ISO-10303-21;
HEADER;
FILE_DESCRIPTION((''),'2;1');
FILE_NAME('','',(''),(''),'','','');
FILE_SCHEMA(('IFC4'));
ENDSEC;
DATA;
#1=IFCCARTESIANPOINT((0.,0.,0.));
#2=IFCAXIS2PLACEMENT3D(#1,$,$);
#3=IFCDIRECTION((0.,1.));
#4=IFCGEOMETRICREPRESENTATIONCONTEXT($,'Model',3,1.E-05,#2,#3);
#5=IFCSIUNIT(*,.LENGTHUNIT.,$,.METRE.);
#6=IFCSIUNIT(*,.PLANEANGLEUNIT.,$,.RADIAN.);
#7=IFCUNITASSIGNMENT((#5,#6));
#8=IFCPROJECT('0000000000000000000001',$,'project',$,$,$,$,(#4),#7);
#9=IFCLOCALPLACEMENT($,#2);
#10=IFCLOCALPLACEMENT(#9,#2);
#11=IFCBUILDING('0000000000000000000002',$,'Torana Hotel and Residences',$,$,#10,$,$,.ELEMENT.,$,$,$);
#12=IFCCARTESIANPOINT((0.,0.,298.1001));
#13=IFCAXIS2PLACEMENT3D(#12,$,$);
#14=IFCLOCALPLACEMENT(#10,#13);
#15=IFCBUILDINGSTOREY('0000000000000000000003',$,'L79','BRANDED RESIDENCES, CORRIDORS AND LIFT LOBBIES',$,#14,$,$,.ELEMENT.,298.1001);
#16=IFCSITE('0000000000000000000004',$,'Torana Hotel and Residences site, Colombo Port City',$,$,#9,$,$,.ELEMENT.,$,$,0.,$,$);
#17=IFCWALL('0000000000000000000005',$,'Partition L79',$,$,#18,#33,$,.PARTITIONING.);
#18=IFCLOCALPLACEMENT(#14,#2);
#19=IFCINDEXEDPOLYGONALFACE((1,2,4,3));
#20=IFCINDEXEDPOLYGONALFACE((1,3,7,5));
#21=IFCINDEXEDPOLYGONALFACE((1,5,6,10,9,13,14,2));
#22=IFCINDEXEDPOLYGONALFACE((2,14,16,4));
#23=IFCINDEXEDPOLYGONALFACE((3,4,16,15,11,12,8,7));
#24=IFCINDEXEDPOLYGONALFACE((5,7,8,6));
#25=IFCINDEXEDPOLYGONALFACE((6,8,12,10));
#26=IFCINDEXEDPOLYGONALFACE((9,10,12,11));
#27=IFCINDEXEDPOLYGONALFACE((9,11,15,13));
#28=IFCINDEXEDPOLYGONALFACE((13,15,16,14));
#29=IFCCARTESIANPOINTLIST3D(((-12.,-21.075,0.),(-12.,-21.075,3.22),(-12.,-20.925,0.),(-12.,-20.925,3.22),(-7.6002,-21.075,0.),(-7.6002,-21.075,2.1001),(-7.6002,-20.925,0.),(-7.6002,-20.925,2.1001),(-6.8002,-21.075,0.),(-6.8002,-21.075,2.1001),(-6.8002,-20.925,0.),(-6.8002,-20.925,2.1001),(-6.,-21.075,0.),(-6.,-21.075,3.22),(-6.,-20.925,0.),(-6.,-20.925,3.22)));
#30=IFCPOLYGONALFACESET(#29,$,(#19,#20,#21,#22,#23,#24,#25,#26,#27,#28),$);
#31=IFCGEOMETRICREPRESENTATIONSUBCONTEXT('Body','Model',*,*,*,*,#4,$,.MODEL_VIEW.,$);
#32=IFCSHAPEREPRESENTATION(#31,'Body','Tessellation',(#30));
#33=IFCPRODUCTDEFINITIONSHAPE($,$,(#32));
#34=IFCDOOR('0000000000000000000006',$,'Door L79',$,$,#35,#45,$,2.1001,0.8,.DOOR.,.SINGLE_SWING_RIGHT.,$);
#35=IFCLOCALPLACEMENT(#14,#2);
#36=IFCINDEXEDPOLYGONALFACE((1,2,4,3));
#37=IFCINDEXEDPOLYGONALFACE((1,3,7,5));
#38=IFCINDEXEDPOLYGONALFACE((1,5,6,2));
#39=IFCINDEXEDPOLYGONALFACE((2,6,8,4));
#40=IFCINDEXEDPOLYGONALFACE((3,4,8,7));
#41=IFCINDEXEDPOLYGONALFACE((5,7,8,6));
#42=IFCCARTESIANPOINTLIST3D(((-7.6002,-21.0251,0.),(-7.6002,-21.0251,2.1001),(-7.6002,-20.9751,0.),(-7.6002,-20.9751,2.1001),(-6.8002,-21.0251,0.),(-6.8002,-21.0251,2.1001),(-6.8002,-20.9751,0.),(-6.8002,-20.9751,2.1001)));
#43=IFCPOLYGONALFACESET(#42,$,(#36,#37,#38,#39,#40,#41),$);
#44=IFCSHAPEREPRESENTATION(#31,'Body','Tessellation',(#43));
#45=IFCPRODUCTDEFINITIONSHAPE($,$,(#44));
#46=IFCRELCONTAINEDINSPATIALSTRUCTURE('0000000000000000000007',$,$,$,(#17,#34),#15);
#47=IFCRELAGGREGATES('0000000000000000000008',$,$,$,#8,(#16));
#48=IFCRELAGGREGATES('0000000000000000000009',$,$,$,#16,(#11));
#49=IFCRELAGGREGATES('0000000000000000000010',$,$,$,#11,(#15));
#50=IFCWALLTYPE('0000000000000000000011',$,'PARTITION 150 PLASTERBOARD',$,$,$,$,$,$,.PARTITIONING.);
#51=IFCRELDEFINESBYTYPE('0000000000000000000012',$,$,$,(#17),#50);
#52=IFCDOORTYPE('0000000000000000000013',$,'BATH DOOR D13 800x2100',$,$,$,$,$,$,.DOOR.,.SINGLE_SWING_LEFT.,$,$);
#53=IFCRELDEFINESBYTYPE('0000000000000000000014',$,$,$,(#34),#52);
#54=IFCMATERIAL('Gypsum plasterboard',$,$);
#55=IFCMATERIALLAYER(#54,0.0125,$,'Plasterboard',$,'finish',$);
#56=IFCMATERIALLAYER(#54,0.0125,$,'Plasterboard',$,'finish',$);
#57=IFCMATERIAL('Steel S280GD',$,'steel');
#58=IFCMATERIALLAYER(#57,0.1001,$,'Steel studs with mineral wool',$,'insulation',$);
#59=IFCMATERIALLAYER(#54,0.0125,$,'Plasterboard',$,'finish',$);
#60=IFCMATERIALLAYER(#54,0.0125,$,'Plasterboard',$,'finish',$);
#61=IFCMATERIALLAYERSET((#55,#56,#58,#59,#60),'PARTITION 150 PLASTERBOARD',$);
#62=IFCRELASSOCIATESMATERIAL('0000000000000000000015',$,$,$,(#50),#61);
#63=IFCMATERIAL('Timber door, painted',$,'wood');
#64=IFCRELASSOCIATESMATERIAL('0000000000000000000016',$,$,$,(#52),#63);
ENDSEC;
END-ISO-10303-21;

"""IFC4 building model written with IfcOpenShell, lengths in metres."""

from ifc_helpers import new_model, si_unit, direction, frame, frame_2d, origin, place, context, subcontext, project, spatial, rectangle, extrude, material, layer, layer_set, type_object, element, fill, save


model = new_model("IFC4")

# Units and contexts
model_context = context("Model", 3, precision=1e-05, world=origin(), true_north=direction((0.0, 1.0)))
body_context = subcontext(model_context, "Body", "Model", "MODEL_VIEW")
ifc_project = project(units=[si_unit("LENGTHUNIT", "METRE"), si_unit("PLANEANGLEUNIT", "RADIAN")], contexts=[model_context])

# Site, building, storey
site_placement = place(None, origin())
site = spatial("IfcSite", under=ifc_project, at=site_placement, Name="Torana Hotel and Residences site, Colombo Port City", CompositionType="ELEMENT", RefElevation=0.0)
building_placement = place(site_placement, origin())
building = spatial("IfcBuilding", under=site, at=building_placement, Name="Torana Hotel and Residences", CompositionType="ELEMENT")
storey_placement = place(building_placement, frame((0.0, 0.0, 298.1001)))
storey = spatial("IfcBuildingStorey", under=building, at=storey_placement, Name="L79", Description="BRANDED RESIDENCES, CORRIDORS AND LIFT LOBBIES", CompositionType="ELEMENT", Elevation=298.1001)

# Shared definitions
ifc_material_1 = material(Name="Gypsum plasterboard")
ifc_layer_1 = layer(ifc_material_1, 0.0125, Name="Plasterboard", Category="finish")
ifc_layer_2 = layer(ifc_material_1, 0.0125, Name="Plasterboard", Category="finish")
ifc_material_2 = material(Name="Steel S280GD", Category="steel")
ifc_layer_3 = layer(ifc_material_2, 0.1001, Name="Steel studs with mineral wool", Category="insulation")
ifc_layer_4 = layer(ifc_material_1, 0.0125, Name="Plasterboard", Category="finish")
ifc_layer_5 = layer(ifc_material_1, 0.0125, Name="Plasterboard", Category="finish")
ifc_layer_set_1 = layer_set([ifc_layer_1, ifc_layer_2, ifc_layer_3, ifc_layer_4, ifc_layer_5], Name="PARTITION 150 PLASTERBOARD")
wall_type_1 = type_object("IfcWallType", Name="PARTITION 150 PLASTERBOARD", PredefinedType="PARTITIONING", material=ifc_layer_set_1)
ifc_material_3 = material(Name="Timber door, painted", Category="wood")
door_type_1 = type_object("IfcDoorType", Name="BATH DOOR D13 800x2100", OperationType="SINGLE_SWING_LEFT", PredefinedType="DOOR", material=ifc_material_3)

# Wall, opening, door
wall_1_placement = place(storey_placement, frame((-12.0, -21.0, 0.0), z_axis=(0.0, 0.0, 1.0), x_axis=(1.0, 0.0, 0.0)))
wall_1 = element("IfcWall", 1, at=wall_1_placement, inside=storey, type_object=wall_type_1, Name="Partition L79", PredefinedType="PARTITIONING", context=body_context, shape_type="SweptSolid", body=[
    extrude(rectangle(XDim=6.0, YDim=0.1499, at=frame_2d((3.0, 0.0))), origin(), (0.0, 0.0, 1.0), 3.22),
])
opening_1_placement = place(wall_1_placement, frame((4.3999, 0.0, 0.0)))
opening_1 = element("IfcOpeningElement", 2, at=opening_1_placement, cuts=wall_1, PredefinedType="OPENING", context=body_context, shape_type="SweptSolid", body=[
    extrude(rectangle(XDim=0.8, YDim=2.1001, at=frame_2d((0.3999, 1.05))), frame((0.0, 0.085, 0.0), z_axis=(0.0, -1.0, 0.0), x_axis=(1.0, 0.0, 0.0)), (0.0, 0.0, 1.0), 0.1699),
])
door_1_placement = place(opening_1_placement, origin())
door_1 = element("IfcDoor", 3, at=door_1_placement, inside=storey, type_object=door_type_1, Name="Door L79", OperationType="SINGLE_SWING_RIGHT", OverallHeight=2.1001, OverallWidth=0.8, PredefinedType="DOOR", context=body_context, shape_type="SweptSolid", body=[
    extrude(rectangle(XDim=0.8, YDim=2.1001, at=frame_2d((0.3999, 1.05))), frame((0.0, 0.0249, 0.0), z_axis=(0.0, -1.0, 0.0), x_axis=(1.0, 0.0, 0.0)), (0.0, 0.0, 1.0), 0.05),
])
fill(opening_1, door_1)

save(model, "model.ifc")
